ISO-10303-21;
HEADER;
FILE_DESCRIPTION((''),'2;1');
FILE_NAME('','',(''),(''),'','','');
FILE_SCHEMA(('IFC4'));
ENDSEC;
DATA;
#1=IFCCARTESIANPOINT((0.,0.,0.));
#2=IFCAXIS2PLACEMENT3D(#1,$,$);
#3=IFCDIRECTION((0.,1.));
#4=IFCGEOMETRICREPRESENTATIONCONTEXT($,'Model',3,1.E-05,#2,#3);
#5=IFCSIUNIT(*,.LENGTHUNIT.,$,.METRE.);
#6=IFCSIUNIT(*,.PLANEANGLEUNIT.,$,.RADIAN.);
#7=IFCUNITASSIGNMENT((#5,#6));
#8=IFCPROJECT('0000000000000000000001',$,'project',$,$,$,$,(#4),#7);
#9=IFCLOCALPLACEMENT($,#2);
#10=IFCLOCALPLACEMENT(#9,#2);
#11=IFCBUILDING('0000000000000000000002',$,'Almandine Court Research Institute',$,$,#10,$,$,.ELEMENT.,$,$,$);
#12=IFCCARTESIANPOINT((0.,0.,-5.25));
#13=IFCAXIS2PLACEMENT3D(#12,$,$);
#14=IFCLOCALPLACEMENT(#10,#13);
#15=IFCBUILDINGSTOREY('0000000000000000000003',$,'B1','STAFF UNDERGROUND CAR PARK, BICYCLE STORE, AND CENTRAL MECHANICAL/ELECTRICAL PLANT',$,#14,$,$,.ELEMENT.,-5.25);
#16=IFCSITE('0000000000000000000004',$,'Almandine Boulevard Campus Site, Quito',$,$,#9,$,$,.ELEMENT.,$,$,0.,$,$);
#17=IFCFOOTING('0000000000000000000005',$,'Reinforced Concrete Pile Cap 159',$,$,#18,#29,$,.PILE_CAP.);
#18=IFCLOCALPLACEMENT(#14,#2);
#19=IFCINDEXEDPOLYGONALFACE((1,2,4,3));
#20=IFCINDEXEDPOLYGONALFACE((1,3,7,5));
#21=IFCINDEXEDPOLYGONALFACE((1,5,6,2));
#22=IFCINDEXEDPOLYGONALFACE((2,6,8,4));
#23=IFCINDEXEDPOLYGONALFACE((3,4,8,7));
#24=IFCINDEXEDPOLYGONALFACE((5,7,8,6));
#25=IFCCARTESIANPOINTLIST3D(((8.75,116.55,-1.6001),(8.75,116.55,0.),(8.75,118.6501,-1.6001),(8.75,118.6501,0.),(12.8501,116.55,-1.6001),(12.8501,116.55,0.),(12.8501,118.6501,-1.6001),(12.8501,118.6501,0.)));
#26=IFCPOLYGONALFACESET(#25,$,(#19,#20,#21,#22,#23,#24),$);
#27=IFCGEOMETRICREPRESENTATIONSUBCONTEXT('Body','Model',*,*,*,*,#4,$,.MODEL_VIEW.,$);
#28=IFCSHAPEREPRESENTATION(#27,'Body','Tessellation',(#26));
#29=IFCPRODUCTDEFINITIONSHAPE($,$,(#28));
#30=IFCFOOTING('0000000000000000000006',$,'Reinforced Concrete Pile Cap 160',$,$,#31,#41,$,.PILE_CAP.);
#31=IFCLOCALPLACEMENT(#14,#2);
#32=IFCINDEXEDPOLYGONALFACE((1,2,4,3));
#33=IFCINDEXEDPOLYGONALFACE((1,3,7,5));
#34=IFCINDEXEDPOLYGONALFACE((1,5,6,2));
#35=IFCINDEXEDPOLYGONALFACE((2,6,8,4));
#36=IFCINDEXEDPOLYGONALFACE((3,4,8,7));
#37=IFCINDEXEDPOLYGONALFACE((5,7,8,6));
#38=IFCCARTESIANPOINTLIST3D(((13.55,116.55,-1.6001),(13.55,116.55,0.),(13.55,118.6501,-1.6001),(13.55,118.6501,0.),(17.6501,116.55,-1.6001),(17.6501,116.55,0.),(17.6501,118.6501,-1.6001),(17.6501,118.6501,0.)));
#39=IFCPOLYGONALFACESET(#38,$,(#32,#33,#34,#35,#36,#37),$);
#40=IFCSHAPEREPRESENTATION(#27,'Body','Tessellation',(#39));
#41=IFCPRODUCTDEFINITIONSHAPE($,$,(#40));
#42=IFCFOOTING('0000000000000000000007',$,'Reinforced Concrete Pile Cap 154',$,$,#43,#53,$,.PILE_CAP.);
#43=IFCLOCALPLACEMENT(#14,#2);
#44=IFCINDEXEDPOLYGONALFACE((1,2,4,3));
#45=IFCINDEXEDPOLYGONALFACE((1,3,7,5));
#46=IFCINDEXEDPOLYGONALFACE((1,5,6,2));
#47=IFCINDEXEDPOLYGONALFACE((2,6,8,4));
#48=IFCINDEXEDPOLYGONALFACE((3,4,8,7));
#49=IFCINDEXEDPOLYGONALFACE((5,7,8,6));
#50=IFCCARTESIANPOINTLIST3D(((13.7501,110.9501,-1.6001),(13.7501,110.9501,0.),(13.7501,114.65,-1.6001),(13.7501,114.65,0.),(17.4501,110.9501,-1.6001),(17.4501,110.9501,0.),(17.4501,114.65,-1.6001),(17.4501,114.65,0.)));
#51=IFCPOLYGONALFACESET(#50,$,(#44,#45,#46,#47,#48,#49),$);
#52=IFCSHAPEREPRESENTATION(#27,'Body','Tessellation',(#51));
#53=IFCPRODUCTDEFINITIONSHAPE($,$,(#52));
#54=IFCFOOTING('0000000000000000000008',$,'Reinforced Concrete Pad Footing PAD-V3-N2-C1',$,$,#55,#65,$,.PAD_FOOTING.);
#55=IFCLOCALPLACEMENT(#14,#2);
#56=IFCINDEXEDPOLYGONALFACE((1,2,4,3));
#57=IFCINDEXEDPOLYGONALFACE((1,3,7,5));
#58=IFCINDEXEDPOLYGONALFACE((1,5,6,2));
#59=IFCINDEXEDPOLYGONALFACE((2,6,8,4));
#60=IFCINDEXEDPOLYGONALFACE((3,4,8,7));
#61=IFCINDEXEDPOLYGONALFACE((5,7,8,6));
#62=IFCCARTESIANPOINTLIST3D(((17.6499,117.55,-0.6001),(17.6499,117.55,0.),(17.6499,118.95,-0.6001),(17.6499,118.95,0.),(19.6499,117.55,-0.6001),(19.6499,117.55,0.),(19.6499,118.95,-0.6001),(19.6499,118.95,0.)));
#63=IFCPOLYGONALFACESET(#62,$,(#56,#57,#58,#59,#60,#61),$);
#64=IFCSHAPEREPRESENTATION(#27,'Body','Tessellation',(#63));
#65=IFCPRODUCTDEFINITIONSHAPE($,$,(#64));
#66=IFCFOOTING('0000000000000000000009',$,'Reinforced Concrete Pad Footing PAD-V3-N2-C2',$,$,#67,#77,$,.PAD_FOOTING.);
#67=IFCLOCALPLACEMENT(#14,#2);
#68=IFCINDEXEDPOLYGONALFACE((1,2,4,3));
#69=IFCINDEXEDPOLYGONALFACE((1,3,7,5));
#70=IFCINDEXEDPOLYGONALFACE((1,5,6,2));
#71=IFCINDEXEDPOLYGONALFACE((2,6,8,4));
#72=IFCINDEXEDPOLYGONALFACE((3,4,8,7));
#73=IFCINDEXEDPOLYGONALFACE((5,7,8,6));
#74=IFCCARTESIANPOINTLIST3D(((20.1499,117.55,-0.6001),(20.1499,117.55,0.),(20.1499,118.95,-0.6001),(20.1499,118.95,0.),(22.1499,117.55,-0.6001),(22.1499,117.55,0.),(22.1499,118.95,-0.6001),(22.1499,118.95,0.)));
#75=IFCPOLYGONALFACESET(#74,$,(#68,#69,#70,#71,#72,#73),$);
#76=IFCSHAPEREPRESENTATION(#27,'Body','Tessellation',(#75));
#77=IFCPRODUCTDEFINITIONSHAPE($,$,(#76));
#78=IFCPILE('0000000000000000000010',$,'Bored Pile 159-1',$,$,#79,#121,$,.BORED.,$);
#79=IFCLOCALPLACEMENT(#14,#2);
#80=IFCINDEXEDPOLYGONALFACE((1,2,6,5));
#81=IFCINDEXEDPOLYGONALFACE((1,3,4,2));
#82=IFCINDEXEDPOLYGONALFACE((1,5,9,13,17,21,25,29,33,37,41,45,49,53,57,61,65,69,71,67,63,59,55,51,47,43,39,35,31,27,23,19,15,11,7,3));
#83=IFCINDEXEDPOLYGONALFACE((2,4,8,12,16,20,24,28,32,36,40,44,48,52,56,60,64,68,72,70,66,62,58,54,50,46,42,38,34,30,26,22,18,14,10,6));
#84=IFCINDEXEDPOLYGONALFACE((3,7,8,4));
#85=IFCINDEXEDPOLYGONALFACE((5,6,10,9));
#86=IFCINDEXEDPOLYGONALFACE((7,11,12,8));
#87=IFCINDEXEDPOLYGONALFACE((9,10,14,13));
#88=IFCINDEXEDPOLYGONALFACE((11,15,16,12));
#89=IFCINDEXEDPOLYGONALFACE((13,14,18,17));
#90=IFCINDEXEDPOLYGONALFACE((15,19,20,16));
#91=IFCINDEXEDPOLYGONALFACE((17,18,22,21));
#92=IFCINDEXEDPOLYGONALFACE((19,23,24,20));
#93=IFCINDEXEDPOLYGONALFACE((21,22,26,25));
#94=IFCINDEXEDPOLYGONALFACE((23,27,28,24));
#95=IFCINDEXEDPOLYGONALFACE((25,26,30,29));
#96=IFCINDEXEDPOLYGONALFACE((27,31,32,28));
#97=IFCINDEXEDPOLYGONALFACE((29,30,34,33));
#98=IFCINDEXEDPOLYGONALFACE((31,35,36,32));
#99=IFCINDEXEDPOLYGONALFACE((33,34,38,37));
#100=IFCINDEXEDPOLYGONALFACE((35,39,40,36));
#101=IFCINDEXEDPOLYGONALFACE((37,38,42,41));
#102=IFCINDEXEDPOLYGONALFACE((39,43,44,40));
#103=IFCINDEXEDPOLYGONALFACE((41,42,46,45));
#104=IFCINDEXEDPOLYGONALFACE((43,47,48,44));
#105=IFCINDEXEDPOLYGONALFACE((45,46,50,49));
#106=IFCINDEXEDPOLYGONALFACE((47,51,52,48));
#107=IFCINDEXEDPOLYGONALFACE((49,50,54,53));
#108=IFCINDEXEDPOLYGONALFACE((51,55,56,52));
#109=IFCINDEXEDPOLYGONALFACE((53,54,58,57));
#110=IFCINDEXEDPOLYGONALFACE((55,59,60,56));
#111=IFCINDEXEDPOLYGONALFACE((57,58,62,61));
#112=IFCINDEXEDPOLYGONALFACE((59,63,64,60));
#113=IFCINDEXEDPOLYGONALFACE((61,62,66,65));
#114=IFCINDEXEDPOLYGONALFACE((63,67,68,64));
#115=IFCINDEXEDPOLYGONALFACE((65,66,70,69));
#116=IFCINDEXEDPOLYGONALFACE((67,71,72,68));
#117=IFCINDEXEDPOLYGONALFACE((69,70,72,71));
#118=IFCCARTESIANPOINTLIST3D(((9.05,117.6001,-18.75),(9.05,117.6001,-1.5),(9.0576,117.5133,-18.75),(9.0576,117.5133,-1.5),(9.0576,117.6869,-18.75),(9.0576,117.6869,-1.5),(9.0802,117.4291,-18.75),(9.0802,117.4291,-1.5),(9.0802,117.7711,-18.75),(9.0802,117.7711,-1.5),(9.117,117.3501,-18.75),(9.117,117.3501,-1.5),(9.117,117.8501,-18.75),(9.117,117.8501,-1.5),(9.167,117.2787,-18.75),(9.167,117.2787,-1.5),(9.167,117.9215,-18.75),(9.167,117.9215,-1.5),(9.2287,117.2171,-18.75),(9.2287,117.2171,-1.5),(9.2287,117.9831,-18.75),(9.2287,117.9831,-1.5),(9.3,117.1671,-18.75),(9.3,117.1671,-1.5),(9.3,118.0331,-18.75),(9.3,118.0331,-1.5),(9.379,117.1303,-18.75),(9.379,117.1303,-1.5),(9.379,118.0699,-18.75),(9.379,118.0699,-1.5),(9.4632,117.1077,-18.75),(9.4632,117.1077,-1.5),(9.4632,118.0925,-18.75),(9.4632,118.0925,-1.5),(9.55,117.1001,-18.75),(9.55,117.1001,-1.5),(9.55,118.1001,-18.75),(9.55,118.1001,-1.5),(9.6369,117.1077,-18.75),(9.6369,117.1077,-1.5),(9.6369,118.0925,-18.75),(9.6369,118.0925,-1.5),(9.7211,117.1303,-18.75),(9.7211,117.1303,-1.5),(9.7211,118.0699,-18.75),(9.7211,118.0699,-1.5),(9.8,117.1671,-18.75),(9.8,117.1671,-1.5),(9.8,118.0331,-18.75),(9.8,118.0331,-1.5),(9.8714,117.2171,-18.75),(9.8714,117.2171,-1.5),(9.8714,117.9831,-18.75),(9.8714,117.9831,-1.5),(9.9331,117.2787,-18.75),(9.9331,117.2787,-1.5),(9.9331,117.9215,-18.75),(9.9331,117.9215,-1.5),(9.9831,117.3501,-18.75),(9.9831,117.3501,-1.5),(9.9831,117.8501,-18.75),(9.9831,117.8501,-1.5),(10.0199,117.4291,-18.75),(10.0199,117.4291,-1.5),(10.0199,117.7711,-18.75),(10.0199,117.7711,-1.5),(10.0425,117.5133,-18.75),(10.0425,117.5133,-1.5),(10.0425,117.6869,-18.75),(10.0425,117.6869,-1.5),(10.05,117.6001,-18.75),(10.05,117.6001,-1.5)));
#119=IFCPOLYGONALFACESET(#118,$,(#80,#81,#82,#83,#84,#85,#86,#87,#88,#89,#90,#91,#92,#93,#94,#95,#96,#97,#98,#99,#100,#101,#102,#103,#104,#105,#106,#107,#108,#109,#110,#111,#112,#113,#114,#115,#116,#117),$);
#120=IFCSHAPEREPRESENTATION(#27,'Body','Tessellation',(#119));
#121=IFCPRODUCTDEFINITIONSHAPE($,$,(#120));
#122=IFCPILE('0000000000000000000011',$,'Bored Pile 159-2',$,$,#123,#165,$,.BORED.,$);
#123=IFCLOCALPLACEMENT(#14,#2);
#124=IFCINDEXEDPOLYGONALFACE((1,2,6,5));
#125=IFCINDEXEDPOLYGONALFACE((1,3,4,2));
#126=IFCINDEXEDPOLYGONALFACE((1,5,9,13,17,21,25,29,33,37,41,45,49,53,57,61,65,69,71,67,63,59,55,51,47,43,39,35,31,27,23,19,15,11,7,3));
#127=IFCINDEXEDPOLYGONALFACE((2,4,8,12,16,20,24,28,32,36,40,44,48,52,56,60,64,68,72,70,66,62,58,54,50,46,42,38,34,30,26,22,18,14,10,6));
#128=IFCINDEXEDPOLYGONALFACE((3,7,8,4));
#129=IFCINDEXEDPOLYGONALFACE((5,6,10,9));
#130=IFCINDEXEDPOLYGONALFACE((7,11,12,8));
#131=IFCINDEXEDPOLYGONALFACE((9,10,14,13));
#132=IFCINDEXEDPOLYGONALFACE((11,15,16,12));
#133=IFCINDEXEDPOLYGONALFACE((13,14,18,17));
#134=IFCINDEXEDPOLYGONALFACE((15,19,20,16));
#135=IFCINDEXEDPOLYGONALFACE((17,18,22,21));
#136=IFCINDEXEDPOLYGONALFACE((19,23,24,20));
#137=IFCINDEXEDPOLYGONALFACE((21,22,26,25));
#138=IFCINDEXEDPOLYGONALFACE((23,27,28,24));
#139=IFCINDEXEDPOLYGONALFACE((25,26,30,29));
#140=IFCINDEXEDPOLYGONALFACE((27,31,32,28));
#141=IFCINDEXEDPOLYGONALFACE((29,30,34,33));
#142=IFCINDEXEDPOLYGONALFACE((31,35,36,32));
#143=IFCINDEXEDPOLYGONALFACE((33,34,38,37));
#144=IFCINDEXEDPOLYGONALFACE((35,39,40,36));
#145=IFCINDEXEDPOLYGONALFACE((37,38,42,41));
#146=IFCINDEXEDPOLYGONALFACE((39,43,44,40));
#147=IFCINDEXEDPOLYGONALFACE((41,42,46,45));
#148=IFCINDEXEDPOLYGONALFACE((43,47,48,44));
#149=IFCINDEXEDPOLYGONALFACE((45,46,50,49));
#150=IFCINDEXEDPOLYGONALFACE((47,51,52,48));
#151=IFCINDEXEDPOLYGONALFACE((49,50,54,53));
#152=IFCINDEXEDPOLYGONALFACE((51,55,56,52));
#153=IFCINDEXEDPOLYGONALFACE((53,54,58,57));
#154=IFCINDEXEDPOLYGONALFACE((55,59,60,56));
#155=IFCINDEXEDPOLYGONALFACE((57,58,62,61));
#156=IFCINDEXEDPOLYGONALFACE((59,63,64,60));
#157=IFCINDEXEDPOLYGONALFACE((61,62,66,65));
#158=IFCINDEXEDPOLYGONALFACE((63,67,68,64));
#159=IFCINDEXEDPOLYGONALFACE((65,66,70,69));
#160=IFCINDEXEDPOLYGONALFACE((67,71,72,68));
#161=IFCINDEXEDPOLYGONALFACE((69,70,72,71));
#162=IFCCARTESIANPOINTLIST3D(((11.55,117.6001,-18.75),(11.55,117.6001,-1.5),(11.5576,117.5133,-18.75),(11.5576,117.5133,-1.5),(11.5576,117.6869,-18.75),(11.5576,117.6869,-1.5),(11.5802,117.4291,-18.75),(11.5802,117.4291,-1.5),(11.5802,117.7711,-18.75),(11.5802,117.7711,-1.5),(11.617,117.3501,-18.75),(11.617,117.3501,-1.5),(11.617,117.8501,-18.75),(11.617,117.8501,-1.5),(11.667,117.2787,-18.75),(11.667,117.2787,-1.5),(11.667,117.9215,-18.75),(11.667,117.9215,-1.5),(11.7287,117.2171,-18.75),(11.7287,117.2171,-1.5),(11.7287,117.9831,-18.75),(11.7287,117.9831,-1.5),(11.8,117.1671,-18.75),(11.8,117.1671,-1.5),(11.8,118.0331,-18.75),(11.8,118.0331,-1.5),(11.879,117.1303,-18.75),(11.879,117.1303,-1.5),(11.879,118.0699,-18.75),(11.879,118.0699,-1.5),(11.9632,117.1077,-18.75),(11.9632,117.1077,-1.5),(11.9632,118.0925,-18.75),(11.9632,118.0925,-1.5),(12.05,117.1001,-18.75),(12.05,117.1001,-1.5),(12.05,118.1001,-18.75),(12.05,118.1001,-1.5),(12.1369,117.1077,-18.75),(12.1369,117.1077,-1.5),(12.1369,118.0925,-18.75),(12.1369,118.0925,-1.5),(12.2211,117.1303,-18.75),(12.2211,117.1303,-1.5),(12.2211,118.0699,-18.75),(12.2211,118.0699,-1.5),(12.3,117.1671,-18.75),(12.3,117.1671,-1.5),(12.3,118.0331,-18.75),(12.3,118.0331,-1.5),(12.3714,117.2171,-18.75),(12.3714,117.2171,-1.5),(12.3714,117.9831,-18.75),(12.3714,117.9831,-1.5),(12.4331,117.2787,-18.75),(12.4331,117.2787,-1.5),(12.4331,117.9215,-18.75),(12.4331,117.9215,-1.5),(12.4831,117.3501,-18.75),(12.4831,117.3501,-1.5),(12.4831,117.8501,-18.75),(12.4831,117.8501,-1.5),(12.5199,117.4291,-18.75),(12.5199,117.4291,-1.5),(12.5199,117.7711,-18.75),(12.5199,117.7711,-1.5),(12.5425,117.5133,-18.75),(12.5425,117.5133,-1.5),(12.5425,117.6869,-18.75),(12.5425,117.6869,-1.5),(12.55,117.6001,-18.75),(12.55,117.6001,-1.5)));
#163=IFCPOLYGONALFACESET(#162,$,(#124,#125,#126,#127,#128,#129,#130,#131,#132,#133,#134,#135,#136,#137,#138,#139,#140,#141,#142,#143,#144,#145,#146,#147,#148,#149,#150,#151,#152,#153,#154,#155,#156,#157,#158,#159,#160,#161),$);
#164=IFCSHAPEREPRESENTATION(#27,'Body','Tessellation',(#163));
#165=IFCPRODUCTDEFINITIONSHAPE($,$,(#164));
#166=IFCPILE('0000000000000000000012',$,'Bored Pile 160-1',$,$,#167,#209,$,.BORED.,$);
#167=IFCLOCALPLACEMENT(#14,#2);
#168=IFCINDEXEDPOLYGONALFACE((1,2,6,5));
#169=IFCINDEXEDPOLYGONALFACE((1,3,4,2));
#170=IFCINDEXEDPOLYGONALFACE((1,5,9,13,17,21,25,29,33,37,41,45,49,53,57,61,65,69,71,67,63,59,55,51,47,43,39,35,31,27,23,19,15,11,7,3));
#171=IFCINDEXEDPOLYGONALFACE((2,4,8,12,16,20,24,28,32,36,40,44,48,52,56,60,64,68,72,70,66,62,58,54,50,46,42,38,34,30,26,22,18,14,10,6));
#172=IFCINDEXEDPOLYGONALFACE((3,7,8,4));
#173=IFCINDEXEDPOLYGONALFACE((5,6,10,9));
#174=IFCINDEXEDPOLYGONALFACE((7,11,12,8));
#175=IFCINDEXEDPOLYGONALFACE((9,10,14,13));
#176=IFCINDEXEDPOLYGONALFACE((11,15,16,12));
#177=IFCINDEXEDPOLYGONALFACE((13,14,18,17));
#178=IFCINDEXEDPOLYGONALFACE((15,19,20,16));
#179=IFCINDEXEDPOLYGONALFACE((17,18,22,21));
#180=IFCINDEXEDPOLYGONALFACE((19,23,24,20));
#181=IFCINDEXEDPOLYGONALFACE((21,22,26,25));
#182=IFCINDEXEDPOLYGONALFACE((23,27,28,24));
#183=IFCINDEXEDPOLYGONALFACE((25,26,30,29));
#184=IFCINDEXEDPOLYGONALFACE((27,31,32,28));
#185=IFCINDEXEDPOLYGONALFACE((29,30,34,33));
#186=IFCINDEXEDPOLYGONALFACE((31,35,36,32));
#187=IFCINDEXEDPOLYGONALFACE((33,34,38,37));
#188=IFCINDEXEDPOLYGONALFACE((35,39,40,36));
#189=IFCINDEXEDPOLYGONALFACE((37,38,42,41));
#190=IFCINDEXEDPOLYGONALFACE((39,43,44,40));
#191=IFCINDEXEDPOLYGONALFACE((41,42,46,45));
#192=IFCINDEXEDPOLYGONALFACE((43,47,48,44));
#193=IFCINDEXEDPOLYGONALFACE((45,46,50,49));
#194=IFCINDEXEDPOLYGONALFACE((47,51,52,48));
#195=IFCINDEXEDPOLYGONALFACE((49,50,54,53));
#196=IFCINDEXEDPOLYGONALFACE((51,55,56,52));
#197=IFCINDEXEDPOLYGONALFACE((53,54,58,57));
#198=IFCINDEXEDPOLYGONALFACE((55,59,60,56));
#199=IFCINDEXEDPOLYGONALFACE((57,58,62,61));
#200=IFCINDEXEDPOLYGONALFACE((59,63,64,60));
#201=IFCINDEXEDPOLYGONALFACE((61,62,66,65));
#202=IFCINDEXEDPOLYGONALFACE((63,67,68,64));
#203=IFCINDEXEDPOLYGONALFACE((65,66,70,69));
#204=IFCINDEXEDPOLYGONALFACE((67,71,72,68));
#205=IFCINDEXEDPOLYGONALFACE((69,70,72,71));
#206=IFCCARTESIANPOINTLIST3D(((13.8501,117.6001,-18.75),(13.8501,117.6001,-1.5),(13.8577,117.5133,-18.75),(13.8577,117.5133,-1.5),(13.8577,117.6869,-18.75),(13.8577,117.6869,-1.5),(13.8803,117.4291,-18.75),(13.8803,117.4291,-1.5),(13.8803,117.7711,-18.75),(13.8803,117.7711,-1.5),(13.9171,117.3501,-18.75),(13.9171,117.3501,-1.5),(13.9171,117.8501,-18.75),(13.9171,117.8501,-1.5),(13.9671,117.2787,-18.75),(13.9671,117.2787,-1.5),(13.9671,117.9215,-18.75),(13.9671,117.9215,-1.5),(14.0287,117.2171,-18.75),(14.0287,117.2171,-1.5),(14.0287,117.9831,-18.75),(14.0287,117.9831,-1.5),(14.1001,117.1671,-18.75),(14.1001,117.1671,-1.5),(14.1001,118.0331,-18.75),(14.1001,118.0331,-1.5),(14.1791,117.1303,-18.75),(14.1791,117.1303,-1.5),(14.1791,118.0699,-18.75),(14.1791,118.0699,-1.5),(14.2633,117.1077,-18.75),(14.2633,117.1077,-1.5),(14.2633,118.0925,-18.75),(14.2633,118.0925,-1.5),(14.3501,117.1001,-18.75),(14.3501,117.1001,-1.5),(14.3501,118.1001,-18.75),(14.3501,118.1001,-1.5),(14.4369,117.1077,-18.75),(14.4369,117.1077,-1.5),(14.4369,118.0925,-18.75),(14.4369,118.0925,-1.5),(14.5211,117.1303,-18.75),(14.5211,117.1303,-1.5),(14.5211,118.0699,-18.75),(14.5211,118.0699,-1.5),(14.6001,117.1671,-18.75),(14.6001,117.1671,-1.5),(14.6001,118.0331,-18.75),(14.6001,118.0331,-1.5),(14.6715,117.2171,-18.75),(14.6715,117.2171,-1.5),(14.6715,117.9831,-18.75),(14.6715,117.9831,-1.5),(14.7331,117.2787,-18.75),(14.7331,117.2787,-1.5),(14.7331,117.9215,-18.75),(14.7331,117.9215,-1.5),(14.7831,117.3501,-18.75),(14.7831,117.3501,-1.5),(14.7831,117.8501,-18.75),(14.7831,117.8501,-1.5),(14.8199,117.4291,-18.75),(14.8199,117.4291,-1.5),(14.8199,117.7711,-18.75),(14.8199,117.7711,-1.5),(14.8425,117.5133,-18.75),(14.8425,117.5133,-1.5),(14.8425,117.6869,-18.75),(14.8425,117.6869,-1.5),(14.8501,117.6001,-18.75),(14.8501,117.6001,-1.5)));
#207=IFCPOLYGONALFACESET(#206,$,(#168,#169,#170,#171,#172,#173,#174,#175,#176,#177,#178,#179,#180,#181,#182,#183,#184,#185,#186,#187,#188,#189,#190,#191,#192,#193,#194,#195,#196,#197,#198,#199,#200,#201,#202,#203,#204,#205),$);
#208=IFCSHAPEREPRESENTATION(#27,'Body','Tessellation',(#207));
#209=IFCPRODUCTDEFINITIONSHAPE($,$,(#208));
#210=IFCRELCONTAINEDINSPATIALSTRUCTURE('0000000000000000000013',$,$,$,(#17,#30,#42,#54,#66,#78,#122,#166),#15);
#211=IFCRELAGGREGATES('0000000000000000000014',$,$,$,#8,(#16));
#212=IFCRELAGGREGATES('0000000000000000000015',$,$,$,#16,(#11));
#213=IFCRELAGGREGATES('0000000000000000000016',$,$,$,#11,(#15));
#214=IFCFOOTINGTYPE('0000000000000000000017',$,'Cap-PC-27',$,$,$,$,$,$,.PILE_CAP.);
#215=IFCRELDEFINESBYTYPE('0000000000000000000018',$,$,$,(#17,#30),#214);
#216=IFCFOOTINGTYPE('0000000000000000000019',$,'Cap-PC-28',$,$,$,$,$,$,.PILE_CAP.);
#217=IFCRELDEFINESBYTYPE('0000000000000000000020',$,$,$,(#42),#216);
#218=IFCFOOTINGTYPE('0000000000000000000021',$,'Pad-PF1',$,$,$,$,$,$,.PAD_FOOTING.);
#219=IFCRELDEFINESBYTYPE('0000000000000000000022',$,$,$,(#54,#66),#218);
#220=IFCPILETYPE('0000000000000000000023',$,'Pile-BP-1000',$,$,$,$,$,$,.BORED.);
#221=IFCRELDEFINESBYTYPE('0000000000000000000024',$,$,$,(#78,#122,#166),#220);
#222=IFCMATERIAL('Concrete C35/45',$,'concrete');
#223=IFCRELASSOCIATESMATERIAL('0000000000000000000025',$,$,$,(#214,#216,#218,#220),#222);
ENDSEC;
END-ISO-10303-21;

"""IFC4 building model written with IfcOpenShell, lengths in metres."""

from ifc_helpers import new_model, si_unit, direction, frame, origin, origin_2d, place, context, subcontext, project, spatial, rectangle, circle, extrude, material, material_profile, profile_set, type_object, element, save


model = new_model("IFC4")

# Units and contexts
model_context = context("Model", 3, precision=1e-05, world=origin(), true_north=direction((0.0, 1.0)))
body_context = subcontext(model_context, "Body", "Model", "MODEL_VIEW")
ifc_project = project(units=[si_unit("LENGTHUNIT", "METRE"), si_unit("PLANEANGLEUNIT", "RADIAN")], contexts=[model_context])

# Site, building, storey
site_placement = place(None, origin())
site = spatial("IfcSite", under=ifc_project, at=site_placement, Name="Almandine Boulevard Campus Site, Quito", CompositionType="ELEMENT", RefElevation=0.0)
building_placement = place(site_placement, origin())
building = spatial("IfcBuilding", under=site, at=building_placement, Name="Almandine Court Research Institute", CompositionType="ELEMENT")
storey_placement = place(building_placement, frame((0.0, 0.0, -5.25)))
storey = spatial("IfcBuildingStorey", under=building, at=storey_placement, Name="B1", Description="STAFF UNDERGROUND CAR PARK, BICYCLE STORE, AND CENTRAL MECHANICAL/ELECTRICAL PLANT", CompositionType="ELEMENT", Elevation=-5.25)

# Footings
ifc_material_1 = material(Name="Concrete C35/45", Category="concrete")
footing_type_1 = type_object("IfcFootingType", Name="Cap-PC-27", PredefinedType="PILE_CAP", material=ifc_material_1)
for number, where, z_axis, x_axis, name in (
    (1, (10.8, 117.6001, -1.6001), (0.0, 0.0, 1.0), (1.0, 0.0, 0.0), "Reinforced Concrete Pile Cap 159"),
    (2, (15.6001, 117.6001, -1.6001), (0.0, 0.0, 1.0), (1.0, 0.0, 0.0), "Reinforced Concrete Pile Cap 160"),
):
    element("IfcFooting", number, at=place(storey_placement, frame(where, z_axis=z_axis, x_axis=x_axis)), inside=storey, type_object=footing_type_1, Name=name, PredefinedType="PILE_CAP", context=body_context, shape_type="SweptSolid", body=[
        extrude(rectangle(XDim=4.1001, YDim=2.1001, at=origin_2d()), origin(), (0.0, 0.0, 1.0), 1.6001),
    ])
footing_type_2 = type_object("IfcFootingType", Name="Cap-PC-28", PredefinedType="PILE_CAP", material=ifc_material_1)
footing_1_placement = place(storey_placement, frame((15.6001, 112.8, -1.6001), z_axis=(0.0, 0.0, 1.0), x_axis=(1.0, 0.0, 0.0)))
element("IfcFooting", 3, at=footing_1_placement, inside=storey, type_object=footing_type_2, Name="Reinforced Concrete Pile Cap 154", PredefinedType="PILE_CAP", context=body_context, shape_type="SweptSolid", body=[
    extrude(rectangle(XDim=3.7, YDim=3.7, at=origin_2d()), origin(), (0.0, 0.0, 1.0), 1.6001),
])
footing_type_3 = type_object("IfcFootingType", Name="Pad-PF1", PredefinedType="PAD_FOOTING", material=ifc_material_1)
for number, where, z_axis, x_axis, name in (
    (4, (18.6499, 118.25, -0.6001), (0.0, 0.0, 1.0), (1.0, 0.0, 0.0), "Reinforced Concrete Pad Footing PAD-V3-N2-C1"),
    (5, (21.1499, 118.25, -0.6001), (0.0, 0.0, 1.0), (1.0, 0.0, 0.0), "Reinforced Concrete Pad Footing PAD-V3-N2-C2"),
):
    element("IfcFooting", number, at=place(storey_placement, frame(where, z_axis=z_axis, x_axis=x_axis)), inside=storey, type_object=footing_type_3, Name=name, PredefinedType="PAD_FOOTING", context=body_context, shape_type="SweptSolid", body=[
        extrude(rectangle(XDim=2.0, YDim=1.3999, at=origin_2d()), origin(), (0.0, 0.0, 1.0), 0.6001),
    ])

# Piles
ifc_material_profile_1 = material_profile(ifc_material_1, circle(Radius=0.5, at=origin_2d()), Name="BORED PILE D1000")
ifc_profile_set_1 = profile_set([ifc_material_profile_1], Name="Concrete C35/45")
pile_type_1 = type_object("IfcPileType", Name="Pile-BP-1000", PredefinedType="BORED", material=ifc_profile_set_1)
for number, where, z_axis, x_axis, name in (
    (6, (9.55, 117.6001, -1.5), (0.0, 0.0, -1.0), (1.0, 0.0, 0.0), "Bored Pile 159-1"),
    (7, (12.05, 117.6001, -1.5), (0.0, 0.0, -1.0), (1.0, 0.0, 0.0), "Bored Pile 159-2"),
    (8, (14.3501, 117.6001, -1.5), (0.0, 0.0, -1.0), (1.0, 0.0, 0.0), "Bored Pile 160-1"),
):
    element("IfcPile", number, at=place(storey_placement, frame(where, z_axis=z_axis, x_axis=x_axis)), inside=storey, type_object=pile_type_1, Name=name, PredefinedType="BORED", context=body_context, shape_type="SweptSolid", body=[
        extrude(circle(Radius=0.5, at=origin_2d()), origin(), (0.0, 0.0, 1.0), 17.25),
    ])

save(model, "model.ifc")
